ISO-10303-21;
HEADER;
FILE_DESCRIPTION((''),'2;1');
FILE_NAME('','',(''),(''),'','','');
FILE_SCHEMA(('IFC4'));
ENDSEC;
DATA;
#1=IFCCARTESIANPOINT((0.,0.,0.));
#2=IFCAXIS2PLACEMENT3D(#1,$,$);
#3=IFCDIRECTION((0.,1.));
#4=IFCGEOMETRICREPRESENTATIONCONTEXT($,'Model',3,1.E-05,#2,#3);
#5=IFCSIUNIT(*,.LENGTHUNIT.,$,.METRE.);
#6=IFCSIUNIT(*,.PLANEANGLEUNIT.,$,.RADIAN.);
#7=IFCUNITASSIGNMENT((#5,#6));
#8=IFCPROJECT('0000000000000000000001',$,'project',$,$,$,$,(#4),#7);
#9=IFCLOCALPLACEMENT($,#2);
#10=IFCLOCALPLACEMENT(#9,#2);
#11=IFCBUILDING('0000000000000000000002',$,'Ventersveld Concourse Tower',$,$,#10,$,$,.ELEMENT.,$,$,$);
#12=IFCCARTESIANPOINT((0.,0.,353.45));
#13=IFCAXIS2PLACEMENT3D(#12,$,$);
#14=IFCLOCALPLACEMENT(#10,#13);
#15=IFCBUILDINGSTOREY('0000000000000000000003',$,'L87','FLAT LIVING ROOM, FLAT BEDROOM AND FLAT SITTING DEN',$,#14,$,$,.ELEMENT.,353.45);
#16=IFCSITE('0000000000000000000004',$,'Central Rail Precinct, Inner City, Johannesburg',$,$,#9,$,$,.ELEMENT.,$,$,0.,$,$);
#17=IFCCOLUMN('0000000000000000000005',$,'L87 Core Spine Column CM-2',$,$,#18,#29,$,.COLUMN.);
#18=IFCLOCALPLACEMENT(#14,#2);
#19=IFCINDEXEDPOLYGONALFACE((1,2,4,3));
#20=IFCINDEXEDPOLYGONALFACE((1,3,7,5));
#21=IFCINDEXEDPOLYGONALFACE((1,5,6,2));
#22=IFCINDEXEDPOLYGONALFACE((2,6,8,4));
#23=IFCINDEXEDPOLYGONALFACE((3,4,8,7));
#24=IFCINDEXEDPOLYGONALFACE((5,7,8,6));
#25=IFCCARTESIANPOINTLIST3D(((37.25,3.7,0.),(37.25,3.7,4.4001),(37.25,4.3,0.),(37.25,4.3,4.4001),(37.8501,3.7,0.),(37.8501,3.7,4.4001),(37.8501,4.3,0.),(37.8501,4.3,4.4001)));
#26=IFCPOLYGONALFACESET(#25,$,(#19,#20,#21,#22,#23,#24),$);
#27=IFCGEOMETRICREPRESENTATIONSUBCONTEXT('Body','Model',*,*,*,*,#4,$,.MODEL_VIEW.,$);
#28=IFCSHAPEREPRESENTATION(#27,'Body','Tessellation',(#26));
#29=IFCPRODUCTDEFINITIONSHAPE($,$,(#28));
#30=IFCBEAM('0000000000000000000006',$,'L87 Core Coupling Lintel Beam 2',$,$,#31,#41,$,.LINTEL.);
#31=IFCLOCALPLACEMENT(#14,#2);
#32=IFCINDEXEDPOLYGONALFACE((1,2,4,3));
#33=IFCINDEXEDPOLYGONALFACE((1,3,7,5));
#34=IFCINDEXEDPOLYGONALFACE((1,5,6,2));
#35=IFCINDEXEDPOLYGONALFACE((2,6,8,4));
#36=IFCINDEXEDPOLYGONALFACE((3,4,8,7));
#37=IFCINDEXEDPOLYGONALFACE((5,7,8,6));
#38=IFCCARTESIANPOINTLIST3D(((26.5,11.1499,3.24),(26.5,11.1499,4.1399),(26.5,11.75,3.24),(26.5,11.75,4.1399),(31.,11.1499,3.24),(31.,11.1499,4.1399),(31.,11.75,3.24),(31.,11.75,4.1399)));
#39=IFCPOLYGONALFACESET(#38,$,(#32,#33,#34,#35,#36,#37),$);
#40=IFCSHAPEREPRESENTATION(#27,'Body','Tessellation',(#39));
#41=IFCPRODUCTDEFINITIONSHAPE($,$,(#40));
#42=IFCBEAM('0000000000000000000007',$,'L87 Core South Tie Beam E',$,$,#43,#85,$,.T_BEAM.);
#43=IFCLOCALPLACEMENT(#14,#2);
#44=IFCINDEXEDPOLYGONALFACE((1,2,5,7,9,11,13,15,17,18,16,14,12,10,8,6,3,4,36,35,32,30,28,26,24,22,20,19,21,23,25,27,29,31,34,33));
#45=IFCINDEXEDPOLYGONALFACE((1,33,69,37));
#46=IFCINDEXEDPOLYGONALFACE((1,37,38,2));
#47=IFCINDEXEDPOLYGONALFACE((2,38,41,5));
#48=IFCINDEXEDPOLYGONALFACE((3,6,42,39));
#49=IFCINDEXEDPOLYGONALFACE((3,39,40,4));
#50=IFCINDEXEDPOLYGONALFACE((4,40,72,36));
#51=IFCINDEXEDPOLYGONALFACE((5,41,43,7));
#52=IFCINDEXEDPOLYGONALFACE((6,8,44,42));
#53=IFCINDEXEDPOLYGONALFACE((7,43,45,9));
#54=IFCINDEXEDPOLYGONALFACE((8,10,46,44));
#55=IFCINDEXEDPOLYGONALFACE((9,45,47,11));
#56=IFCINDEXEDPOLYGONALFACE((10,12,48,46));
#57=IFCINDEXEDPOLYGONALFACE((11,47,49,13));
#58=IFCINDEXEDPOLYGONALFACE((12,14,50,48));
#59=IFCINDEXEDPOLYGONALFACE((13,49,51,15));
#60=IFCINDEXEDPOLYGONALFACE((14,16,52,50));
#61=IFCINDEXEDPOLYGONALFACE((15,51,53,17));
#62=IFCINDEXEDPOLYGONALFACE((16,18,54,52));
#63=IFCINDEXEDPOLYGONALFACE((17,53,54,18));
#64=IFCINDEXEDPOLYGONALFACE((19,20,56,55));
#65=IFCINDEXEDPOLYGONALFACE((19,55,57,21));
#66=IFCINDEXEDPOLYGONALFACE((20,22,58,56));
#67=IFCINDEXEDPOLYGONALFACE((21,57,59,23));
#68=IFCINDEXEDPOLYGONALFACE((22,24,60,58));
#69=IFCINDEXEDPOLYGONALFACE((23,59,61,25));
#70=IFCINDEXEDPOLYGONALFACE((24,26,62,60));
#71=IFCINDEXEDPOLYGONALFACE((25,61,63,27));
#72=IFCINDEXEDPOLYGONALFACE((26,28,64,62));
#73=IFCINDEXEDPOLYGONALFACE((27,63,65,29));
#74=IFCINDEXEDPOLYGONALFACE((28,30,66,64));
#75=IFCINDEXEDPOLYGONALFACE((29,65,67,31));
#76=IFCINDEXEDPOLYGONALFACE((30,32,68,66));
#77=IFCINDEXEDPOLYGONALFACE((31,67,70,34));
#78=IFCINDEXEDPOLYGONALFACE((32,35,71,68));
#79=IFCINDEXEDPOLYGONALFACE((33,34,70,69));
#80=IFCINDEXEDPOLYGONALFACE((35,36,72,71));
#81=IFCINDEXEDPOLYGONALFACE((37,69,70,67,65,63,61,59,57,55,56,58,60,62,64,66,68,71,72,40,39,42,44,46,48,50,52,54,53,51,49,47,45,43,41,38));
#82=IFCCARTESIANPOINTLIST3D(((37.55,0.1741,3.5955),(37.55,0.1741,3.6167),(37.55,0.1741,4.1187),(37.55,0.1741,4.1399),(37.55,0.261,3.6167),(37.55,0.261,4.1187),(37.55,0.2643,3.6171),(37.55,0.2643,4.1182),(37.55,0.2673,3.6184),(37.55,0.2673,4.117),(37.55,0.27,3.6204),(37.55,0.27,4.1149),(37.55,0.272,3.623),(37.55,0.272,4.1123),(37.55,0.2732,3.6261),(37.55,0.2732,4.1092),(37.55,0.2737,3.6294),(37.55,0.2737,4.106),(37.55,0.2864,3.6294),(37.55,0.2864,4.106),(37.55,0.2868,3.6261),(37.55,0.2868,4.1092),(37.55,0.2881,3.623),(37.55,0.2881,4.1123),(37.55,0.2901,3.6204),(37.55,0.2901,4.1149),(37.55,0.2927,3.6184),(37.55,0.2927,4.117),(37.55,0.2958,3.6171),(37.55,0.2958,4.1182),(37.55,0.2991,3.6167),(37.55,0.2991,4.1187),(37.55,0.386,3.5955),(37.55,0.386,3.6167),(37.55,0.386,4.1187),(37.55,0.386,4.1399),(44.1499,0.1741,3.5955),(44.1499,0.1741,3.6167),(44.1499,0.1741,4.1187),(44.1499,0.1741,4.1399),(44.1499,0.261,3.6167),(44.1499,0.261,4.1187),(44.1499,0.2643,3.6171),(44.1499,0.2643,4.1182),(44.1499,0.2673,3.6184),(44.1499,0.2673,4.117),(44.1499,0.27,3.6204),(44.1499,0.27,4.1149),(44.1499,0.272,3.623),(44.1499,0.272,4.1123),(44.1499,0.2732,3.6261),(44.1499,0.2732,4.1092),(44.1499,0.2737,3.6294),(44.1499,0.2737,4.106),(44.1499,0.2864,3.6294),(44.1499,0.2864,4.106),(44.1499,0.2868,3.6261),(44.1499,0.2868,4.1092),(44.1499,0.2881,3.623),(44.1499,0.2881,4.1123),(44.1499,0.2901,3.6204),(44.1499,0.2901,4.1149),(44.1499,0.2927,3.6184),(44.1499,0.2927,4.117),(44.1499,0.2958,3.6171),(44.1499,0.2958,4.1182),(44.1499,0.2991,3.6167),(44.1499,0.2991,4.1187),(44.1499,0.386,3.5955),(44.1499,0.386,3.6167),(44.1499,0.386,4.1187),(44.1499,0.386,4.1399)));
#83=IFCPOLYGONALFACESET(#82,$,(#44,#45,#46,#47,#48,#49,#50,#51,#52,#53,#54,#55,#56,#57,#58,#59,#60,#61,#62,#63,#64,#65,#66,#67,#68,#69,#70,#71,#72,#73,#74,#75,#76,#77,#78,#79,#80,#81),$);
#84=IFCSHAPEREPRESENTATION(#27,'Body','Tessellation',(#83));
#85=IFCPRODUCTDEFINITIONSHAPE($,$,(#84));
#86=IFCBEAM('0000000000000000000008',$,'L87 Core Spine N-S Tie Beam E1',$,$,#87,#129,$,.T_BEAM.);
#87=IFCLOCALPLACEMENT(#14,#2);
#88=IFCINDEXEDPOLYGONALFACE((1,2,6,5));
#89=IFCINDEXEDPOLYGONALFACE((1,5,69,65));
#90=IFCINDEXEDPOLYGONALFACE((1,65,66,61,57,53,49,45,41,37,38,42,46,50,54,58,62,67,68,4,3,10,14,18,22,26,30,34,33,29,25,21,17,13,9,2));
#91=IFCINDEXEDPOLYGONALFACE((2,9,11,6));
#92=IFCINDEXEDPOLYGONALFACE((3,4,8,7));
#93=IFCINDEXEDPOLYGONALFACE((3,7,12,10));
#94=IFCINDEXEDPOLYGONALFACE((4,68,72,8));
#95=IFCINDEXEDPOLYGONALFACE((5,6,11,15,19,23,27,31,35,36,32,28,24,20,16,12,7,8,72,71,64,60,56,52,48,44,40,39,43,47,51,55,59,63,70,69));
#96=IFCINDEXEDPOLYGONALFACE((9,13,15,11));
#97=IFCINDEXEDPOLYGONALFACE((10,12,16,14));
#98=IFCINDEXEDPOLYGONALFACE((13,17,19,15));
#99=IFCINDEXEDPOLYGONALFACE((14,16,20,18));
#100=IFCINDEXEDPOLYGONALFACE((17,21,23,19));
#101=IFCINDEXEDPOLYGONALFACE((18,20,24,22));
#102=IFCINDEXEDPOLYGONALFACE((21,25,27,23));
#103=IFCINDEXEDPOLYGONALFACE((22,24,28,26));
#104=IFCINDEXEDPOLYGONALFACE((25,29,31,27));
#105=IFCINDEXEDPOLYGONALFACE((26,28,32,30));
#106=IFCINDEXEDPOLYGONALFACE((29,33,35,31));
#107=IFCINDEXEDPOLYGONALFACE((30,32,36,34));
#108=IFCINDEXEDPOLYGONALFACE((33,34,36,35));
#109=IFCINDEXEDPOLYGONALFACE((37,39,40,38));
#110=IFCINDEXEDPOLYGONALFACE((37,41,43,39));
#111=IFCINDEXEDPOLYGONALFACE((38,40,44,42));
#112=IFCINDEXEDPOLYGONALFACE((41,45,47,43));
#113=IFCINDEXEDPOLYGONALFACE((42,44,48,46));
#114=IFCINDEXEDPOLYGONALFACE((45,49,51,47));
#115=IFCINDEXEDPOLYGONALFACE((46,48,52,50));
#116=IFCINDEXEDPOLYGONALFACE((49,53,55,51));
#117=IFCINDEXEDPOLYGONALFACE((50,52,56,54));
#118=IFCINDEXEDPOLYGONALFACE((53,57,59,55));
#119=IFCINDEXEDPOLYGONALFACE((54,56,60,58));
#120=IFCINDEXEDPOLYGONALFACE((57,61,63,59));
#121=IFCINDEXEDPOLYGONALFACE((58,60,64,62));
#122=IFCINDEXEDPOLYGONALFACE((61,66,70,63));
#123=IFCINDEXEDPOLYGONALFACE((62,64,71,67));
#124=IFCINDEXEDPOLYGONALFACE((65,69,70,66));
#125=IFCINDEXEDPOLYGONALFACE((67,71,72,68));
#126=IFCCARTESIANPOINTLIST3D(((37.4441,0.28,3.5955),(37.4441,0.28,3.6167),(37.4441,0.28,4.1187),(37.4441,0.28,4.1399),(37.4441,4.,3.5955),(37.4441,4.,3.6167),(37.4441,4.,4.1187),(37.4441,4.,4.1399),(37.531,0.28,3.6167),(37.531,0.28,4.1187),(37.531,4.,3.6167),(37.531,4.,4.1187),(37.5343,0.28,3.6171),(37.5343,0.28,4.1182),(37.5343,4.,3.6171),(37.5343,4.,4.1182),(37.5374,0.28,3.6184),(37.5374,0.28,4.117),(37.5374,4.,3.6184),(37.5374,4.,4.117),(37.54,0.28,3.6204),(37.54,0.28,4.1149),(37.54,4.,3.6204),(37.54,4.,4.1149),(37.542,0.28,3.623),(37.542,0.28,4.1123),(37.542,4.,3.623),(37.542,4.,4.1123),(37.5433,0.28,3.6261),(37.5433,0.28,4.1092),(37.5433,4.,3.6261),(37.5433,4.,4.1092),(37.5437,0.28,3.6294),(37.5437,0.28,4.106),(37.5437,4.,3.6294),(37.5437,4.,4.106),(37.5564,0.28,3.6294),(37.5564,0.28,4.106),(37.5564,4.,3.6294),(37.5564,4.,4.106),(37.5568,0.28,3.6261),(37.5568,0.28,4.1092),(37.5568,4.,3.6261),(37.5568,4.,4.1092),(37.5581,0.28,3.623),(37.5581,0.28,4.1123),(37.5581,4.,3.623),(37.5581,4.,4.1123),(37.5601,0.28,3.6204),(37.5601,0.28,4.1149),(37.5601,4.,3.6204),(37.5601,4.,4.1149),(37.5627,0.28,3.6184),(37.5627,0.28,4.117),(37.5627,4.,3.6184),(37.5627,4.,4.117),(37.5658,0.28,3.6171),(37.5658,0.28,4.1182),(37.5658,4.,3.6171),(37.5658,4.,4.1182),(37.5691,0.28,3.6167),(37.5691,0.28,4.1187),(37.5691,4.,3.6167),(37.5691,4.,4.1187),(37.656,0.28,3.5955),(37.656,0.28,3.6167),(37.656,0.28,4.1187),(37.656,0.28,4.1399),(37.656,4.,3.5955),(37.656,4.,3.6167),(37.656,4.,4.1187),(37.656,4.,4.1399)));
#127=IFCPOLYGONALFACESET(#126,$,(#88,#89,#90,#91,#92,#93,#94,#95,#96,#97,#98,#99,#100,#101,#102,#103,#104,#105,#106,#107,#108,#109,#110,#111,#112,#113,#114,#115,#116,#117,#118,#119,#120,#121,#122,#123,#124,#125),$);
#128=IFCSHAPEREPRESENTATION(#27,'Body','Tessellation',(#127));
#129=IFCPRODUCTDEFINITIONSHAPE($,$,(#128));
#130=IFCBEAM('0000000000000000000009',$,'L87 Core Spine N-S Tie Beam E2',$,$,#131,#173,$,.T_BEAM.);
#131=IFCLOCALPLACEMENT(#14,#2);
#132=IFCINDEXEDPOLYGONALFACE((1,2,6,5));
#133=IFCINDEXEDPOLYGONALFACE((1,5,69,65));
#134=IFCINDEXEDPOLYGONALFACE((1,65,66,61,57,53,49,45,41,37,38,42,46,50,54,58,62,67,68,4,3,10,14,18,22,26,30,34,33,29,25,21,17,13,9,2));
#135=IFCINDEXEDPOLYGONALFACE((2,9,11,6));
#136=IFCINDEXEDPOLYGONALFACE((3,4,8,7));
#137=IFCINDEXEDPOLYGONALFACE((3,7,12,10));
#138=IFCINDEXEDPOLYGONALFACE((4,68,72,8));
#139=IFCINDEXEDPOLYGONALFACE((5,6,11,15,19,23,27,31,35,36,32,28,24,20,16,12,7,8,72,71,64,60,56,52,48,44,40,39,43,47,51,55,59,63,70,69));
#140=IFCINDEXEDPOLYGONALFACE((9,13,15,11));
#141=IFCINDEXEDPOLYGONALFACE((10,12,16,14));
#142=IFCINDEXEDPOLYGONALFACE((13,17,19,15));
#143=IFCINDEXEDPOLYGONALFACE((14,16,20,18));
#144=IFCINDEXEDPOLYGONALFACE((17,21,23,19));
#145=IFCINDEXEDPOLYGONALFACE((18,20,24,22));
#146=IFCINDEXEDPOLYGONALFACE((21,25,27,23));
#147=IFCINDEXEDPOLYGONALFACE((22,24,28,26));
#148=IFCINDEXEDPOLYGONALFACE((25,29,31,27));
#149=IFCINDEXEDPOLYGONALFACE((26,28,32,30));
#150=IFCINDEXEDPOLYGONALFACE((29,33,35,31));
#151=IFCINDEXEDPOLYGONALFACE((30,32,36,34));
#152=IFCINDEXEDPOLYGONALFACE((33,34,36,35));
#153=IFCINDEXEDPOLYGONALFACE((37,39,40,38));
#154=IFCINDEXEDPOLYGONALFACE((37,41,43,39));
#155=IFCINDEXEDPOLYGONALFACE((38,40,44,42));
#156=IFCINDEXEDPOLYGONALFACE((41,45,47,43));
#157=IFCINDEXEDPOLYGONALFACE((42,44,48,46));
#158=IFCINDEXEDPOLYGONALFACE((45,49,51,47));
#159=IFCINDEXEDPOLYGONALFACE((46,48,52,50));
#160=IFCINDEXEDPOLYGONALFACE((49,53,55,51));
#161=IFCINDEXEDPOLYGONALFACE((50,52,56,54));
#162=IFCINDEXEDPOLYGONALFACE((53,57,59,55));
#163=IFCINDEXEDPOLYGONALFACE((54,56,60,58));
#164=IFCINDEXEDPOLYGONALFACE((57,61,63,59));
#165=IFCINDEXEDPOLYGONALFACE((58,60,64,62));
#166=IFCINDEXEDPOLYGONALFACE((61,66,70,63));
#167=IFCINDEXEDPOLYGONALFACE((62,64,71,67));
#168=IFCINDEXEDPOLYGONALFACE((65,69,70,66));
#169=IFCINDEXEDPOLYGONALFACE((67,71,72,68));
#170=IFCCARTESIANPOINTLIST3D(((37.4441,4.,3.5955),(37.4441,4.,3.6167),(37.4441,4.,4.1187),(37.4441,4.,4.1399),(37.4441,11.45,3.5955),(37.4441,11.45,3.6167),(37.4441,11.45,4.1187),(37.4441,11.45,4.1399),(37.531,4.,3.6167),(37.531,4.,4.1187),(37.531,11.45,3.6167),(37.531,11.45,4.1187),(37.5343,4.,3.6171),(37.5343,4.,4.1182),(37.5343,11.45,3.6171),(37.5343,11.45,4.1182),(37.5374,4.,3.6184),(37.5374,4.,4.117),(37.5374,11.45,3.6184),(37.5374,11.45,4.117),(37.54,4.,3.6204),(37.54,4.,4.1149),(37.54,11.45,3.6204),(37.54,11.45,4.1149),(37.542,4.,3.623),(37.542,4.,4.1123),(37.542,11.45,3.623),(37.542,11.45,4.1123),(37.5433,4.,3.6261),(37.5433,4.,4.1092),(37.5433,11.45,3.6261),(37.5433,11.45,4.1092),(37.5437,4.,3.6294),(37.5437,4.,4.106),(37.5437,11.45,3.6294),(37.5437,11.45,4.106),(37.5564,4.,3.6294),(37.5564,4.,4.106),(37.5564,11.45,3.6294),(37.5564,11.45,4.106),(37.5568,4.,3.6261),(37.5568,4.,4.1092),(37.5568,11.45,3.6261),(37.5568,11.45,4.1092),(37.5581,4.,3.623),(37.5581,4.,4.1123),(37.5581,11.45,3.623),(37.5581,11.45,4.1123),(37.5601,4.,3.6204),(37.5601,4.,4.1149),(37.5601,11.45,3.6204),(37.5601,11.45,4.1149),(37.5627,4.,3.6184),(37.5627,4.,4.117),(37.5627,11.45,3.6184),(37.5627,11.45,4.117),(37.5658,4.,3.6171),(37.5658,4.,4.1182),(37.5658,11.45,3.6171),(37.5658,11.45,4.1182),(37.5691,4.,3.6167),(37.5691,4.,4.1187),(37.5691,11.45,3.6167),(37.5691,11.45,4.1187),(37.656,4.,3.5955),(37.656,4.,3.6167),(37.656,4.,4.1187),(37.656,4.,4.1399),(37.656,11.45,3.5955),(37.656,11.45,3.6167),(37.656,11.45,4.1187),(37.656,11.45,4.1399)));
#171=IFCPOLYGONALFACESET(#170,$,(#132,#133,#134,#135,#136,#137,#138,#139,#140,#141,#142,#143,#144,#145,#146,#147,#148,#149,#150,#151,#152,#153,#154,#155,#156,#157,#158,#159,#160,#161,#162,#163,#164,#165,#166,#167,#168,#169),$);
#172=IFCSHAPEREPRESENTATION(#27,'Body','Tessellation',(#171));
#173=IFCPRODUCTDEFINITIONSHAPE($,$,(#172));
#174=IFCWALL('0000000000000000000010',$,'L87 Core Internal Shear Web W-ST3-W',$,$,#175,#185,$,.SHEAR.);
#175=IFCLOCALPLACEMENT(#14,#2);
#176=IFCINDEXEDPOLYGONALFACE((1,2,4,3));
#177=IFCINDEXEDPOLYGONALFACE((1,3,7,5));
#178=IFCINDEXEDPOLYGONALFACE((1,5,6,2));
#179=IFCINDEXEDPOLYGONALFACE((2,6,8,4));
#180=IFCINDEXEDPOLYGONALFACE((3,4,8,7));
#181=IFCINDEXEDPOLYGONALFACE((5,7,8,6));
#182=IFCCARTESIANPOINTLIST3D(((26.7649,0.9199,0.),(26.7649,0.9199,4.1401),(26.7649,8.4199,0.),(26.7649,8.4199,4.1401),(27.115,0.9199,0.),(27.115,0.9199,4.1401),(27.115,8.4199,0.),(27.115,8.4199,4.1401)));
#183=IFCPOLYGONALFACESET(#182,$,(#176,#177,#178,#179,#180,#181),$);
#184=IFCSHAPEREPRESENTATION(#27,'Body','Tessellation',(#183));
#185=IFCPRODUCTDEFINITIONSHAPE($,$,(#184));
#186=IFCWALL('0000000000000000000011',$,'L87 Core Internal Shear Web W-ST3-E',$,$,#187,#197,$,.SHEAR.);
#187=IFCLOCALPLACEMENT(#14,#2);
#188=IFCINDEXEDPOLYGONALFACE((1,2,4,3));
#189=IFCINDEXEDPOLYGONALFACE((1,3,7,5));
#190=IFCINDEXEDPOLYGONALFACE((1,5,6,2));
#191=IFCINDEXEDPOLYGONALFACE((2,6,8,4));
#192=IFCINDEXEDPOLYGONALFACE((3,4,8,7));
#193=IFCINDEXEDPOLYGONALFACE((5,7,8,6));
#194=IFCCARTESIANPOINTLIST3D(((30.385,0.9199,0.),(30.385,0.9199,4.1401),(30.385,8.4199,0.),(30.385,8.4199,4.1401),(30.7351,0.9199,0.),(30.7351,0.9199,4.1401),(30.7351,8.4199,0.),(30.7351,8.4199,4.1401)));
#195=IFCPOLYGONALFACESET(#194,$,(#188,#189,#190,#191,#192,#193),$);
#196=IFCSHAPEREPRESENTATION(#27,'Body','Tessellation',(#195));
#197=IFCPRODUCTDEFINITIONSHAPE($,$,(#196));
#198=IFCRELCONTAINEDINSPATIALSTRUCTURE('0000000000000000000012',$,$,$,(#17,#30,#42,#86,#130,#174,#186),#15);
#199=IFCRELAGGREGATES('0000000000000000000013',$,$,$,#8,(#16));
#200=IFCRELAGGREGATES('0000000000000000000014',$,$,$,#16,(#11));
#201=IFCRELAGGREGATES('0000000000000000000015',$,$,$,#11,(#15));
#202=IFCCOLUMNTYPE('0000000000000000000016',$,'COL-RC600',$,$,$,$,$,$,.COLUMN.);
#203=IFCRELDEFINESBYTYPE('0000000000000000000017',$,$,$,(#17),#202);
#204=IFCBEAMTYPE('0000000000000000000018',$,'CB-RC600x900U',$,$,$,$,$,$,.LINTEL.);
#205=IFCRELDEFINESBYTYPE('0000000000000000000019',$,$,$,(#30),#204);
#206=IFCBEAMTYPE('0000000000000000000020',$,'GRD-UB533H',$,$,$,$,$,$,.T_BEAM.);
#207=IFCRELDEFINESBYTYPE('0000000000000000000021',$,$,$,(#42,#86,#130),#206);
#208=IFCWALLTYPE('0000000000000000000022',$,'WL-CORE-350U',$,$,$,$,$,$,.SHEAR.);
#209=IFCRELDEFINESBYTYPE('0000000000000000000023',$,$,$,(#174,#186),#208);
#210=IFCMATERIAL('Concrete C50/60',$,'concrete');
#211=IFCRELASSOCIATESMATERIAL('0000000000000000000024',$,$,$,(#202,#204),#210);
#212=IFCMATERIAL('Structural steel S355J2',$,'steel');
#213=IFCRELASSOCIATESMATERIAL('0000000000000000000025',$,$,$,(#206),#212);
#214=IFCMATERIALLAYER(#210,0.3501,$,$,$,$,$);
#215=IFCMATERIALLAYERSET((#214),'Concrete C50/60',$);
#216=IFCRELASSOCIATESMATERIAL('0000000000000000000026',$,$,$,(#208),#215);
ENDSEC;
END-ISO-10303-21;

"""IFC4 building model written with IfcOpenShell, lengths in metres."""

from ifc_helpers import new_model, si_unit, direction, frame, frame_2d, origin, origin_2d, place, context, subcontext, project, spatial, rectangle, i_section, extrude, material, layer, layer_set, material_profile, profile_set, type_object, element, save


model = new_model("IFC4")

# Units and contexts
model_context = context("Model", 3, precision=1e-05, world=origin(), true_north=direction((0.0, 1.0)))
body_context = subcontext(model_context, "Body", "Model", "MODEL_VIEW")
ifc_project = project(units=[si_unit("LENGTHUNIT", "METRE"), si_unit("PLANEANGLEUNIT", "RADIAN")], contexts=[model_context])

# Site, building, storey
site_placement = place(None, origin())
site = spatial("IfcSite", under=ifc_project, at=site_placement, Name="Central Rail Precinct, Inner City, Johannesburg", CompositionType="ELEMENT", RefElevation=0.0)
building_placement = place(site_placement, origin())
building = spatial("IfcBuilding", under=site, at=building_placement, Name="Ventersveld Concourse Tower", CompositionType="ELEMENT")
storey_placement = place(building_placement, frame((0.0, 0.0, 353.45)))
storey = spatial("IfcBuildingStorey", under=building, at=storey_placement, Name="L87", Description="FLAT LIVING ROOM, FLAT BEDROOM AND FLAT SITTING DEN", CompositionType="ELEMENT", Elevation=353.45)

# Column
ifc_material_1 = material(Name="Concrete C50/60", Category="concrete")
ifc_material_profile_1 = material_profile(ifc_material_1, rectangle(XDim=0.6001, YDim=0.6001, at=origin_2d()), Name="RC 600x600")
ifc_profile_set_1 = profile_set([ifc_material_profile_1], Name="Concrete C50/60")
column_type = type_object("IfcColumnType", Name="COL-RC600", PredefinedType="COLUMN", material=ifc_profile_set_1)
column_placement = place(storey_placement, frame((37.55, 4.0, 0.0), z_axis=(0.0, 0.0, 1.0), x_axis=(1.0, 0.0, 0.0)))
element("IfcColumn", 1, at=column_placement, inside=storey, type_object=column_type, Name="L87 Core Spine Column CM-2", PredefinedType="COLUMN", context=body_context, shape_type="SweptSolid", body=[
    extrude(rectangle(XDim=0.6001, YDim=0.6001, at=origin_2d()), origin(), (0.0, 0.0, 1.0), 4.4001),
])

# Beams
ifc_material_profile_2 = material_profile(ifc_material_1, rectangle(XDim=0.6001, YDim=0.8999, at=origin_2d()), Name="RC 600x900")
ifc_profile_set_2 = profile_set([ifc_material_profile_2], Name="Concrete C50/60")
beam_type_1 = type_object("IfcBeamType", Name="CB-RC600x900U", PredefinedType="LINTEL", material=ifc_profile_set_2)
beam_1_placement = place(storey_placement, frame((26.5, 11.45, 3.6899), z_axis=(1.0, 0.0, 0.0), x_axis=(0.0, 1.0, 0.0)))
element("IfcBeam", 2, at=beam_1_placement, inside=storey, type_object=beam_type_1, Name="L87 Core Coupling Lintel Beam 2", PredefinedType="LINTEL", context=body_context, shape_type="SweptSolid", body=[
    extrude(rectangle(XDim=0.6001, YDim=0.8999, at=origin_2d()), origin(), (0.0, 0.0, 1.0), 4.5),
])
ifc_material_2 = material(Name="Structural steel S355J2", Category="steel")
ifc_material_profile_3 = material_profile(ifc_material_2, i_section(OverallWidth=0.2119, OverallDepth=0.5444, WebThickness=0.0127, FlangeThickness=0.0212, FilletRadius=0.0127, at=origin_2d()), Name="UB 533x210x122")
ifc_profile_set_3 = profile_set([ifc_material_profile_3], Name="Structural steel S355J2")
beam_type_2 = type_object("IfcBeamType", Name="GRD-UB533H", PredefinedType="T_BEAM", material=ifc_profile_set_3)
beam_2_placement = place(storey_placement, frame((37.55, 0.28, 3.8677), z_axis=(1.0, 0.0, 0.0), x_axis=(0.0, 1.0, 0.0)))
element("IfcBeam", 3, at=beam_2_placement, inside=storey, type_object=beam_type_2, Name="L87 Core South Tie Beam E", PredefinedType="T_BEAM", context=body_context, shape_type="SweptSolid", body=[
    extrude(i_section(OverallWidth=0.2119, OverallDepth=0.5444, WebThickness=0.0127, FlangeThickness=0.0212, FilletRadius=0.0127, at=origin_2d()), origin(), (0.0, 0.0, 1.0), 6.5999),
])
beam_3_placement = place(storey_placement, frame((37.55, 0.28, 3.8677), z_axis=(0.0, 1.0, 0.0), x_axis=(-1.0, 0.0, 0.0)))
element("IfcBeam", 4, at=beam_3_placement, inside=storey, type_object=beam_type_2, Name="L87 Core Spine N-S Tie Beam E1", PredefinedType="T_BEAM", context=body_context, shape_type="SweptSolid", body=[
    extrude(i_section(OverallWidth=0.2119, OverallDepth=0.5444, WebThickness=0.0127, FlangeThickness=0.0212, FilletRadius=0.0127, at=origin_2d()), origin(), (0.0, 0.0, 1.0), 3.72),
])
beam_4_placement = place(storey_placement, frame((37.55, 4.0, 3.8677), z_axis=(0.0, 1.0, 0.0), x_axis=(-1.0, 0.0, 0.0)))
element("IfcBeam", 5, at=beam_4_placement, inside=storey, type_object=beam_type_2, Name="L87 Core Spine N-S Tie Beam E2", PredefinedType="T_BEAM", context=body_context, shape_type="SweptSolid", body=[
    extrude(i_section(OverallWidth=0.2119, OverallDepth=0.5444, WebThickness=0.0127, FlangeThickness=0.0212, FilletRadius=0.0127, at=origin_2d()), origin(), (0.0, 0.0, 1.0), 7.45),
])

# Walls
ifc_layer_1 = layer(ifc_material_1, 0.3501)
ifc_layer_set_1 = layer_set([ifc_layer_1], Name="Concrete C50/60")
wall_type_1 = type_object("IfcWallType", Name="WL-CORE-350U", PredefinedType="SHEAR", material=ifc_layer_set_1)
for number, where, z_axis, x_axis, name in (
    (6, (26.9399, 0.9199, 0.0), (0.0, 0.0, 1.0), (0.0, 1.0, 0.0), "L87 Core Internal Shear Web W-ST3-W"),
    (7, (30.5601, 0.9199, 0.0), (0.0, 0.0, 1.0), (0.0, 1.0, 0.0), "L87 Core Internal Shear Web W-ST3-E"),
):
    element("IfcWall", number, at=place(storey_placement, frame(where, z_axis=z_axis, x_axis=x_axis)), inside=storey, type_object=wall_type_1, Name=name, PredefinedType="SHEAR", context=body_context, shape_type="SweptSolid", body=[
        extrude(rectangle(XDim=7.5, YDim=0.3501, at=frame_2d((3.75, 0.0))), origin(), (0.0, 0.0, 1.0), 4.1401),
    ])

save(model, "model.ifc")
